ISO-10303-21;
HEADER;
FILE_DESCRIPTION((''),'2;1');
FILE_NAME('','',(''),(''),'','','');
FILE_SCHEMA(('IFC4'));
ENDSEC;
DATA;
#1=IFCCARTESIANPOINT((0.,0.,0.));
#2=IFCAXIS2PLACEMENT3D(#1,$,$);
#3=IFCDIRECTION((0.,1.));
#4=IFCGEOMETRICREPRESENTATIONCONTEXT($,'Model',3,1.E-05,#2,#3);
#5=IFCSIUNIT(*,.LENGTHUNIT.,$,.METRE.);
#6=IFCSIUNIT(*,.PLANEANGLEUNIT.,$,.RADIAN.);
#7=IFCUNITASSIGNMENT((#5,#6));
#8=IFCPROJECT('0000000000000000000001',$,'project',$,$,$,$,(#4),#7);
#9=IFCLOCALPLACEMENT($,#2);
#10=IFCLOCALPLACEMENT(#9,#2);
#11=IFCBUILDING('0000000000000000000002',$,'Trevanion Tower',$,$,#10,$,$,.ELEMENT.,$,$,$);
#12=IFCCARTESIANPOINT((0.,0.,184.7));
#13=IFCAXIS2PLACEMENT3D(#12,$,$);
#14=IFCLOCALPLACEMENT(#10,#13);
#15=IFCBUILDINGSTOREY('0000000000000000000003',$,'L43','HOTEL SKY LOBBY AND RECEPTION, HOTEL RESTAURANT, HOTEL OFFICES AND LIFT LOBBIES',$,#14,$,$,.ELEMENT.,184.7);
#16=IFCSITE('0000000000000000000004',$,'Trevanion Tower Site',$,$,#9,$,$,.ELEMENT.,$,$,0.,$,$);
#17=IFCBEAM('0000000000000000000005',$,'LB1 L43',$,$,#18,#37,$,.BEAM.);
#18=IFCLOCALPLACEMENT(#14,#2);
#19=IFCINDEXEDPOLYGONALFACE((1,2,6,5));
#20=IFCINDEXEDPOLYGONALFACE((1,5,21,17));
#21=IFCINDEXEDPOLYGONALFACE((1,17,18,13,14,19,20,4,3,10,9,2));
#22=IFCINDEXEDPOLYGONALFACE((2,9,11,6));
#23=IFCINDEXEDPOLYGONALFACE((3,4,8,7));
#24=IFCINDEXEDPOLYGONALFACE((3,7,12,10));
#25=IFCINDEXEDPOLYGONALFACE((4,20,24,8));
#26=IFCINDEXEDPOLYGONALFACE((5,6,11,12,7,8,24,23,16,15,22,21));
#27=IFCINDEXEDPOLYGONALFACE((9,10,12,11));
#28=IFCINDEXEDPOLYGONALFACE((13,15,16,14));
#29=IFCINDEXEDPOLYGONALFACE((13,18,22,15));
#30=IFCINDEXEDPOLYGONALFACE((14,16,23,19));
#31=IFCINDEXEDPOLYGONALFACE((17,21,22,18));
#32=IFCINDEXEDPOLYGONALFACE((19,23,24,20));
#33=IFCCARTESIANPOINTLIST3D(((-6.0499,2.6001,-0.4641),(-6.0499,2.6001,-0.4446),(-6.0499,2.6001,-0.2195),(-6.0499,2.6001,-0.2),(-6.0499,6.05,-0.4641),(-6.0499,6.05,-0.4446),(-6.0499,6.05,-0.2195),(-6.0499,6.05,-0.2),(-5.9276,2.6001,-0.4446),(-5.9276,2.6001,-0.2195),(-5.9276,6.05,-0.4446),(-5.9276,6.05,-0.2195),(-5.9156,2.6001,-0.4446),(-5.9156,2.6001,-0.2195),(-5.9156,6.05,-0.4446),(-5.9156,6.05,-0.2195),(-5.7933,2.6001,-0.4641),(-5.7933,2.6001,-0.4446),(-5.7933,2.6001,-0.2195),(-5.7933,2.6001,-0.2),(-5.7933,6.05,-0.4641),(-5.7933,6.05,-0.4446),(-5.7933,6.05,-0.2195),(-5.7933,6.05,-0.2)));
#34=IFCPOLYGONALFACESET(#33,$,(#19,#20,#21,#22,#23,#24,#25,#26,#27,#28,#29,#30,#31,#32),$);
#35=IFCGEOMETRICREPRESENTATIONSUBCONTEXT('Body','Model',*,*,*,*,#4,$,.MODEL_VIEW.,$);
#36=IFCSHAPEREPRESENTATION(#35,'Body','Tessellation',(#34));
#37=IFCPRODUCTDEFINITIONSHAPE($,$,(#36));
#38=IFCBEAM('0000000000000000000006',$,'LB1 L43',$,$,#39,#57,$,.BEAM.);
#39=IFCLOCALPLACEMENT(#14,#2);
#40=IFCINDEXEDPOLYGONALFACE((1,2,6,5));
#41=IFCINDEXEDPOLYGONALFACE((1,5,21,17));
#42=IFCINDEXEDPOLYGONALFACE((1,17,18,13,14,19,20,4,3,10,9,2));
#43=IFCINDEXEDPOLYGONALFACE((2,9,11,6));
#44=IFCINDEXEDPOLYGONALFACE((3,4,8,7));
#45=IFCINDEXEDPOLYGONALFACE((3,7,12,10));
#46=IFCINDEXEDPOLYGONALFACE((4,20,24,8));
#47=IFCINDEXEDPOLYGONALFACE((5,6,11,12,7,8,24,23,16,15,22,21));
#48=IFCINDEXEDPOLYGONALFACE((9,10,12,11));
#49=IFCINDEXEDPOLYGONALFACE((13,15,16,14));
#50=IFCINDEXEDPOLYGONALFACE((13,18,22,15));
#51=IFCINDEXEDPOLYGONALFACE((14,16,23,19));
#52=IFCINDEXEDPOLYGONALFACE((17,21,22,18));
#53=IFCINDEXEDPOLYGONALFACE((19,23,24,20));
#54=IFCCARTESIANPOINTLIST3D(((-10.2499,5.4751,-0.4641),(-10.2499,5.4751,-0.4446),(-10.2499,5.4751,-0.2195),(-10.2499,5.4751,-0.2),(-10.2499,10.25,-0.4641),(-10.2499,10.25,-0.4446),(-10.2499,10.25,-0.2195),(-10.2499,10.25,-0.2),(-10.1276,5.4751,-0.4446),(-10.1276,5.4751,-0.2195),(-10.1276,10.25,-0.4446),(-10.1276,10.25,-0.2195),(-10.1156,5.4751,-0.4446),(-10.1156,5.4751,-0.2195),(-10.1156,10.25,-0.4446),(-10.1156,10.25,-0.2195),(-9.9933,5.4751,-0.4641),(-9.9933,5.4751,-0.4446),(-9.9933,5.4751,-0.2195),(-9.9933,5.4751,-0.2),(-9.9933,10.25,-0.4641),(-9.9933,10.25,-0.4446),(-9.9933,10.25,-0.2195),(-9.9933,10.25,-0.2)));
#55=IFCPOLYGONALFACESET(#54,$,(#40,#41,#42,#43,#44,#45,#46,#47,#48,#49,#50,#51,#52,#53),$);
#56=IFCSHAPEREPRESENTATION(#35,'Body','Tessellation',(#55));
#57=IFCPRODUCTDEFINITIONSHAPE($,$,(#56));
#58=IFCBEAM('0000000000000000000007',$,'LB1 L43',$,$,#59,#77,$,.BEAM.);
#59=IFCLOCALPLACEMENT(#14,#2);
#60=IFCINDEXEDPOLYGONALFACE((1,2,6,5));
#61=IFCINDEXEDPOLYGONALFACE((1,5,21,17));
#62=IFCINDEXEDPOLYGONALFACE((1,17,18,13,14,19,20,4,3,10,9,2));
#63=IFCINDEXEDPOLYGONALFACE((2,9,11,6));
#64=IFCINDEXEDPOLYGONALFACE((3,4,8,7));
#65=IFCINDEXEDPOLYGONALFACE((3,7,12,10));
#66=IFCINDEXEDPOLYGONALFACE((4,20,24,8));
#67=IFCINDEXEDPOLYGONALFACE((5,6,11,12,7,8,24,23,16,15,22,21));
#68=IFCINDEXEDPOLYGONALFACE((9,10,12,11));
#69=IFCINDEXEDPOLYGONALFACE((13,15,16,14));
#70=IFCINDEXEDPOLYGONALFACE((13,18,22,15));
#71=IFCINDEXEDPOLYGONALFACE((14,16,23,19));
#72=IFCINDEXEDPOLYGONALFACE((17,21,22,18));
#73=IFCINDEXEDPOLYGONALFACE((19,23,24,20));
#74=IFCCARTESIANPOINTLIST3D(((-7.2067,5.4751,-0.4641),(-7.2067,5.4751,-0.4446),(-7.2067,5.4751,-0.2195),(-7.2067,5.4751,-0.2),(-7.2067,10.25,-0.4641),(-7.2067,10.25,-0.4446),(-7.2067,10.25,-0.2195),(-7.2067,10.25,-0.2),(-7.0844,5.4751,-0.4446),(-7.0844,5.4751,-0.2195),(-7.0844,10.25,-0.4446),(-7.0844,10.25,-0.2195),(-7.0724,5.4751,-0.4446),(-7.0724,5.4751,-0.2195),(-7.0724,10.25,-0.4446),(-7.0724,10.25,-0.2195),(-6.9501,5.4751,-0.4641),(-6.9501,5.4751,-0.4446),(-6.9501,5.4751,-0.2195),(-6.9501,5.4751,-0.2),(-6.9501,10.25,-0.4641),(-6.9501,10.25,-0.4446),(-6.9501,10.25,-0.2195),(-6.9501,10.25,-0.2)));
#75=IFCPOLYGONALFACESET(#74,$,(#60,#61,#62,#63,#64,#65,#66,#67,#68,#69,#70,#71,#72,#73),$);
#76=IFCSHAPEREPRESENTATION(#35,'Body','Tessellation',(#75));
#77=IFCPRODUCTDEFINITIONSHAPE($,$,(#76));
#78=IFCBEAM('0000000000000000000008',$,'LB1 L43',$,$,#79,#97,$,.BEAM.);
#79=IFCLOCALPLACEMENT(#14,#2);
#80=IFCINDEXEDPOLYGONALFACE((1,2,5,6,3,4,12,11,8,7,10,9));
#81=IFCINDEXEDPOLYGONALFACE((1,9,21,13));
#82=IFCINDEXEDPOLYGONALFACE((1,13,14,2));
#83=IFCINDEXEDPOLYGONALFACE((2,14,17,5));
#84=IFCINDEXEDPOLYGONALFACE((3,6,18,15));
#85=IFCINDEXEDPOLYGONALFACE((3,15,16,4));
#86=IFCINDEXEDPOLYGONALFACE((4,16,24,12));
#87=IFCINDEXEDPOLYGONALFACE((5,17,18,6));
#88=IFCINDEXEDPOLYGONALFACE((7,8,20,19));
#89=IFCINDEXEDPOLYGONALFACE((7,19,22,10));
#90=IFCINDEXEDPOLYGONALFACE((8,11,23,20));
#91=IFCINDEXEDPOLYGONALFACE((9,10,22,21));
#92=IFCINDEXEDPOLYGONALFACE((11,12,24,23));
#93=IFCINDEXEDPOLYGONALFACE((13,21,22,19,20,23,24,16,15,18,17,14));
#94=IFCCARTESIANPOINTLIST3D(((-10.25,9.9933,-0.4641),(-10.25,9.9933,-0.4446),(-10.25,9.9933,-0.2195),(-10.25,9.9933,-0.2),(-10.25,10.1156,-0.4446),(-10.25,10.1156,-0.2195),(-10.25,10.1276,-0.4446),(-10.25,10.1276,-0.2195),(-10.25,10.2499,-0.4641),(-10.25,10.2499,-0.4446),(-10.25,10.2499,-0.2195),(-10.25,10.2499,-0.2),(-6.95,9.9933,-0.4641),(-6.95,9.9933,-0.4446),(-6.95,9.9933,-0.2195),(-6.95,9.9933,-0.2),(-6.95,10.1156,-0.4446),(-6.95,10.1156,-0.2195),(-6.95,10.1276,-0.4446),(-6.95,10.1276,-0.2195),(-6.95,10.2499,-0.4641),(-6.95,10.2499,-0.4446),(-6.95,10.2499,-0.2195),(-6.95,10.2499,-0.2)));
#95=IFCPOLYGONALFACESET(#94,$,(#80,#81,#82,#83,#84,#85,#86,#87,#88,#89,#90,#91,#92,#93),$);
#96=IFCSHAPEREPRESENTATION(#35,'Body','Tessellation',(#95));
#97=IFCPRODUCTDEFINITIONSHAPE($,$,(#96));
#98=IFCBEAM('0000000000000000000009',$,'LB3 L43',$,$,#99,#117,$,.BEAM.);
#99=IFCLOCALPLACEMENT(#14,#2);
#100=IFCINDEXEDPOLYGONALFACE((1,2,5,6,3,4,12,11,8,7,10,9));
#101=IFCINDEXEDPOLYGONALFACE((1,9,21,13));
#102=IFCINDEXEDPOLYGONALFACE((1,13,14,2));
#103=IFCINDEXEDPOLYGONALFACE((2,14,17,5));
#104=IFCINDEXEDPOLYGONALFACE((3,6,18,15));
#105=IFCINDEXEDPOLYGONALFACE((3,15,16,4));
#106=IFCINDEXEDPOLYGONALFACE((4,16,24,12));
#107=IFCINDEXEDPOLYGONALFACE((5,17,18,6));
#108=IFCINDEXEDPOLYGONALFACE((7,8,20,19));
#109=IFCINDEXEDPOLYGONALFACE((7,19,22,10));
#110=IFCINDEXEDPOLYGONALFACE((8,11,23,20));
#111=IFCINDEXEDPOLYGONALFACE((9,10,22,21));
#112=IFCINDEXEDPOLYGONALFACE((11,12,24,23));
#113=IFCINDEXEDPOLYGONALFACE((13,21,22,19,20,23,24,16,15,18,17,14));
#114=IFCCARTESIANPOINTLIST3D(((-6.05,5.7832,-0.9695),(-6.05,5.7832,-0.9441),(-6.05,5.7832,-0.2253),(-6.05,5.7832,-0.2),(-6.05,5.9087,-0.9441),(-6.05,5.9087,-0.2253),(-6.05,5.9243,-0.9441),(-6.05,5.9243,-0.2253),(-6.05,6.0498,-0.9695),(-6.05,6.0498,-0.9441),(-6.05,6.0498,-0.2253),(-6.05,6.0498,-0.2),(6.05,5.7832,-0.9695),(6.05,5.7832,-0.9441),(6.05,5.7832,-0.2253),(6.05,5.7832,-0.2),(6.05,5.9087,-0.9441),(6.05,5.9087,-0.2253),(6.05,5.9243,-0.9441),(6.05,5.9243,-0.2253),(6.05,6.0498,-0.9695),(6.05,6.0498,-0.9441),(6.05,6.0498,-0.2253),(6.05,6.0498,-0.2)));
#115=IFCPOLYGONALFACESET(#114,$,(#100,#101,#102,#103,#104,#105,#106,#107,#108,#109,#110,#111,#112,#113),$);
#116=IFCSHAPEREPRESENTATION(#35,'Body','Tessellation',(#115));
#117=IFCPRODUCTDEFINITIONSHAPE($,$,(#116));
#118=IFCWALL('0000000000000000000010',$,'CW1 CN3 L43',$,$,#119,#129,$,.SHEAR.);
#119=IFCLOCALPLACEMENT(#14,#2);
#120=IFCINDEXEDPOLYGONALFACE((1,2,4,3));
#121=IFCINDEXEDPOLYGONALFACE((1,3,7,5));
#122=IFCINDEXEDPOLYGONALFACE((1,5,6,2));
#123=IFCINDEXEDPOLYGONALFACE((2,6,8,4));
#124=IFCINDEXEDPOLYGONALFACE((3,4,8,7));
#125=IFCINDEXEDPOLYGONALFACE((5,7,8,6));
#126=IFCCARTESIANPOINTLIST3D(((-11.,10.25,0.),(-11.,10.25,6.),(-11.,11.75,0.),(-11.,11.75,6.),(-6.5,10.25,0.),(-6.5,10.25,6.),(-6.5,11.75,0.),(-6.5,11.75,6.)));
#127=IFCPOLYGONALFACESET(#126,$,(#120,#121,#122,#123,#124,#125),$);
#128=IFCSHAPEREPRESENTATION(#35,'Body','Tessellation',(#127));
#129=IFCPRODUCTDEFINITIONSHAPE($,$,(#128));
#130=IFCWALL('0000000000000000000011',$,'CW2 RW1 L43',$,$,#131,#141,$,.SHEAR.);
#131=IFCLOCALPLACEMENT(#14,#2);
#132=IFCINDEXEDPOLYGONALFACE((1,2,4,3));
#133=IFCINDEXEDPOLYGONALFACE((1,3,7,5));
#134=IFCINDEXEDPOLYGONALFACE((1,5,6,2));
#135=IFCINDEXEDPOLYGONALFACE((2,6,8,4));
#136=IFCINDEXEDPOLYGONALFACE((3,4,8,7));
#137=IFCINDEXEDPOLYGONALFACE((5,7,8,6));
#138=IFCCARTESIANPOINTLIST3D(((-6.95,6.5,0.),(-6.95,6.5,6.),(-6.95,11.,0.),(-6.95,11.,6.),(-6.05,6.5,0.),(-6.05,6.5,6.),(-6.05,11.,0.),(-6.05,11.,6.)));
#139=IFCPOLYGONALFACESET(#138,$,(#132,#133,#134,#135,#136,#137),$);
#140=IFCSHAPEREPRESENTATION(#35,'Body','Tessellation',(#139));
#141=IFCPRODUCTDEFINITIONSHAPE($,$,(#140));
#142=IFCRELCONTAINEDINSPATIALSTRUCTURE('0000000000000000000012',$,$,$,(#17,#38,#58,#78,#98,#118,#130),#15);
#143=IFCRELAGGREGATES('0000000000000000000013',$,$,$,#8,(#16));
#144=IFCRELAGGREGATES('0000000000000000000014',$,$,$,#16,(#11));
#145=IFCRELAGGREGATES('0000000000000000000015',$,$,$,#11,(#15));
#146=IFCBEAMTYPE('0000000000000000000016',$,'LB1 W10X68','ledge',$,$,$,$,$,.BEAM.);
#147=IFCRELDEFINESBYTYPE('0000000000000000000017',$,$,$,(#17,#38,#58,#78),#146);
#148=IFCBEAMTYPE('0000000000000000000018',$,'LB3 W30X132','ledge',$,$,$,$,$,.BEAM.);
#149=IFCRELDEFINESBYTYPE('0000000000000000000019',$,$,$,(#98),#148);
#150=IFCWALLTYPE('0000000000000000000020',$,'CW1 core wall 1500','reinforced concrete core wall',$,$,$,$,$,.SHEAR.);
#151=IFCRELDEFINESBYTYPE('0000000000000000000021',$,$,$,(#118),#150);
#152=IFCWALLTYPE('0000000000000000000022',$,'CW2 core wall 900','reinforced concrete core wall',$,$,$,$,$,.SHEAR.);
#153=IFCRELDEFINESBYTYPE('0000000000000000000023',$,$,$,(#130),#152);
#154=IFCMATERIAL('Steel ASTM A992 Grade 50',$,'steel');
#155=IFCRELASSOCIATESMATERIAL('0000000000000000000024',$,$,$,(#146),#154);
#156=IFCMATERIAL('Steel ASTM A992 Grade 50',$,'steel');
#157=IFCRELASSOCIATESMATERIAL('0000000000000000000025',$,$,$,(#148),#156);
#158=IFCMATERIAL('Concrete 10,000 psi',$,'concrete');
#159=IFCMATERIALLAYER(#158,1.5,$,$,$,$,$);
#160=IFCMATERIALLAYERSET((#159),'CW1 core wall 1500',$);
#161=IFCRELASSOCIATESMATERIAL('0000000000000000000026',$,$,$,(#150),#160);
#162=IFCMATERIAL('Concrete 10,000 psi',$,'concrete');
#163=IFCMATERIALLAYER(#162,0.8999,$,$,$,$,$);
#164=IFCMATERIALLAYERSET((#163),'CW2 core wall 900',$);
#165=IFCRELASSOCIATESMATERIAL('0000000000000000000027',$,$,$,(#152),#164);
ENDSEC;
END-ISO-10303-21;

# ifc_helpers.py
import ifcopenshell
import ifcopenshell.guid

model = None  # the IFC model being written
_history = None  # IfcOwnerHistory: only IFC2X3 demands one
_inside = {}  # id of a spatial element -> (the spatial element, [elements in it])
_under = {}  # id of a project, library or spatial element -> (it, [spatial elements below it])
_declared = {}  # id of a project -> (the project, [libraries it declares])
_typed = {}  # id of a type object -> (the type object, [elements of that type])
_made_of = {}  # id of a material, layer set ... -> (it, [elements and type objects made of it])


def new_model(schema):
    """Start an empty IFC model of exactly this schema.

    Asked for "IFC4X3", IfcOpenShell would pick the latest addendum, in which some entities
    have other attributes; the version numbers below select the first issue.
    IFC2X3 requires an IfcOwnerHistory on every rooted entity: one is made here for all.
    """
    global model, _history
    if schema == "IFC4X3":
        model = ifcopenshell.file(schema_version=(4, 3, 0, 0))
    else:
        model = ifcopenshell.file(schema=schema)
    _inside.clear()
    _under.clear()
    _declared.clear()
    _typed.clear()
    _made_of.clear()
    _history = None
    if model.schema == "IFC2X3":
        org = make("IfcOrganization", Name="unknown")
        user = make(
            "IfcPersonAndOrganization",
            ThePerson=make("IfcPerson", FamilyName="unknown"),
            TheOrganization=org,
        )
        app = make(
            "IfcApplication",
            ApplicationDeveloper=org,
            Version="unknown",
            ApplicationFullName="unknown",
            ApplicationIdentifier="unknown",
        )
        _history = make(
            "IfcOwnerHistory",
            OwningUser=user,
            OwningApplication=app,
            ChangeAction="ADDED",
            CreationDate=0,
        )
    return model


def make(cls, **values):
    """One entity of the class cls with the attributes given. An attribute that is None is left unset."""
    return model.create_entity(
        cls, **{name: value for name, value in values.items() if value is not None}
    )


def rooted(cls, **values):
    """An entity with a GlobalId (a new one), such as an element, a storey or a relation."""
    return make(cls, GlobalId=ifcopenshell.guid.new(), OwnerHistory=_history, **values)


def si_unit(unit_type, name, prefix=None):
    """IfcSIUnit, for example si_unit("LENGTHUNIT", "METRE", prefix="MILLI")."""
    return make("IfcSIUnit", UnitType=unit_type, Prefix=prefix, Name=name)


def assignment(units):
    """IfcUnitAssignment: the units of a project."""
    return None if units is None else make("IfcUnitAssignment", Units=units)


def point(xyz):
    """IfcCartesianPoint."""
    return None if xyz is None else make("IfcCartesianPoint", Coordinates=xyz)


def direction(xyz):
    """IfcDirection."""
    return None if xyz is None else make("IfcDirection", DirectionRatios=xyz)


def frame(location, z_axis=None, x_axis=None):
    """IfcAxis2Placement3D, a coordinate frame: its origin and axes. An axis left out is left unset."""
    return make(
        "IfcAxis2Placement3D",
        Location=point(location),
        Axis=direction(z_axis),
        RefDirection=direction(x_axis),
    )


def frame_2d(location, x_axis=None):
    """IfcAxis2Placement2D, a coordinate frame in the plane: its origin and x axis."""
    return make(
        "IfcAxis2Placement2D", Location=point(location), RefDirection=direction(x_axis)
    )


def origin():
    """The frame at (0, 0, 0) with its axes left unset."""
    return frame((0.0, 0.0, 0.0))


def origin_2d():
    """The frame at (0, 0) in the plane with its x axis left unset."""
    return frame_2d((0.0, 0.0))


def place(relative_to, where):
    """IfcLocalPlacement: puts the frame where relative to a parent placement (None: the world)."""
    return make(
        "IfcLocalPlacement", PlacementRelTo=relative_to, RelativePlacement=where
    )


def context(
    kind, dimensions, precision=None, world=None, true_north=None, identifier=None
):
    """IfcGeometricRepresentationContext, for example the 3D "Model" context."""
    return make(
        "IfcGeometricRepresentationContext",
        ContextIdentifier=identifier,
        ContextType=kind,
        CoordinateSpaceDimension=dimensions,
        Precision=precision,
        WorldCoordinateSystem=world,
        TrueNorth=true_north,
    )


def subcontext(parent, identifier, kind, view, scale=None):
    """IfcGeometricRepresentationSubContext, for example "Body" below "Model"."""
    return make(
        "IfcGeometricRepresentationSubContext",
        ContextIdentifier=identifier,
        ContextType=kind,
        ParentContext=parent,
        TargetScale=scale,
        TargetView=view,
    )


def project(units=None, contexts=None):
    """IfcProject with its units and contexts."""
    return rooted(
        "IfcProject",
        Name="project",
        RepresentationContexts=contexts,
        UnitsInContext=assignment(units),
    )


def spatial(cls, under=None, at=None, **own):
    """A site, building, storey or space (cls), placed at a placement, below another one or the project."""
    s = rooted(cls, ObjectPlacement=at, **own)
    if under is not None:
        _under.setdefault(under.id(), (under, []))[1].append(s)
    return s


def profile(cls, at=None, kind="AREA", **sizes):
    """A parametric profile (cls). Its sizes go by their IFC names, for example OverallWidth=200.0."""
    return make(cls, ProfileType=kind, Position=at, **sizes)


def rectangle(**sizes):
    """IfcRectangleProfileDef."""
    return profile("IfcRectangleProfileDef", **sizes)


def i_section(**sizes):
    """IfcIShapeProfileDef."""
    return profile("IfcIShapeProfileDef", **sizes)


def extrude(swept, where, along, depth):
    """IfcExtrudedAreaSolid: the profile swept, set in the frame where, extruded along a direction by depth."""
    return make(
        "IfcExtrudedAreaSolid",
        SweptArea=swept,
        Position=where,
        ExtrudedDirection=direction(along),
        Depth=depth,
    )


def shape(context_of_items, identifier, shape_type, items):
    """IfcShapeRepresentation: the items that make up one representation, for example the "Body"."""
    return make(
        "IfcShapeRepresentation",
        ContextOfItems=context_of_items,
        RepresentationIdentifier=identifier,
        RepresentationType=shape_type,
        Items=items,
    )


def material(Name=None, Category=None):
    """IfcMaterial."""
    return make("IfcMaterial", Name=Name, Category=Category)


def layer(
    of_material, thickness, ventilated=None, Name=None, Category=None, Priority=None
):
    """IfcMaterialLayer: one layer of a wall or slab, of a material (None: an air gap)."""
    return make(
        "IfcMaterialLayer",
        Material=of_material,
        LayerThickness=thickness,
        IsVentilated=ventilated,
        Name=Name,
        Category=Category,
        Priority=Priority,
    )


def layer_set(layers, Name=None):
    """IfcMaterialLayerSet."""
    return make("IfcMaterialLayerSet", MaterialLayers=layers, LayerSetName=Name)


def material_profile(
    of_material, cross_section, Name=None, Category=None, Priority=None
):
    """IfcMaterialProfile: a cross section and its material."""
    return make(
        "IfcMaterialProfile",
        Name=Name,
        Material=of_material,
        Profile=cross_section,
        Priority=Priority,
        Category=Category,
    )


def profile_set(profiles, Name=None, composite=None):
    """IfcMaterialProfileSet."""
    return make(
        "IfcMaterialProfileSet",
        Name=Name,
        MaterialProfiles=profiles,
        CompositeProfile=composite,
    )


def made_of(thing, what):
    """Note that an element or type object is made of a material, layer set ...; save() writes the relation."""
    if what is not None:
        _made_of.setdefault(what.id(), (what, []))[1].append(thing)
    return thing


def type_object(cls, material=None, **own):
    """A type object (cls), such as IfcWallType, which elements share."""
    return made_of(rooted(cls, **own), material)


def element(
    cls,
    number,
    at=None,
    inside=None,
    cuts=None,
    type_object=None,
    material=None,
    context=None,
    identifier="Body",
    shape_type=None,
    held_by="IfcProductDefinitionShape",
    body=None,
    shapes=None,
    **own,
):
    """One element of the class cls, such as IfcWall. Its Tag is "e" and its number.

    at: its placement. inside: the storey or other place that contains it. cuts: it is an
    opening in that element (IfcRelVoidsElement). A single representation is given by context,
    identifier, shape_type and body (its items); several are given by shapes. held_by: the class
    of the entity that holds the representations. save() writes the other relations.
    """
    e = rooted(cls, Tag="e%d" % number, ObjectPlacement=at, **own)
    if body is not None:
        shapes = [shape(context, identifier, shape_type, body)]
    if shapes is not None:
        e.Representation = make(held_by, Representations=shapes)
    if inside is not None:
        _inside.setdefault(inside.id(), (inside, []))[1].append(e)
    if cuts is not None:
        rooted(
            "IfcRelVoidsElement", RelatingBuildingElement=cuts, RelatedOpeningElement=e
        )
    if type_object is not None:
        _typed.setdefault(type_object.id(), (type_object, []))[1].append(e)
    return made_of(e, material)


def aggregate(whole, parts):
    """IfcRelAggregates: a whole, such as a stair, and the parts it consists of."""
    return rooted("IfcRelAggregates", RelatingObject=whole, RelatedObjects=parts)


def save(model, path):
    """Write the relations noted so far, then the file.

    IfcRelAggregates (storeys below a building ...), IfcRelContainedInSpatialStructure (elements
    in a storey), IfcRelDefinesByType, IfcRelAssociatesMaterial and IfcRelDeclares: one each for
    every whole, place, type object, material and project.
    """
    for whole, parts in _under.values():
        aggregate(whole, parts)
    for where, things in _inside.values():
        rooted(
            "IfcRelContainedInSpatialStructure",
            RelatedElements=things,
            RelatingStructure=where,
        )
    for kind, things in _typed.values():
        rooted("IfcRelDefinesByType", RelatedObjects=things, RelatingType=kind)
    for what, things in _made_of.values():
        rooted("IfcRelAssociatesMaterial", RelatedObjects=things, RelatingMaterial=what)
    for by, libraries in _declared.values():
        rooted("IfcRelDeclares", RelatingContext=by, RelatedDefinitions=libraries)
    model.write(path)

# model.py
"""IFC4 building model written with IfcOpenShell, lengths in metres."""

from ifc_helpers import new_model, si_unit, direction, frame, frame_2d, origin, origin_2d, place, context, subcontext, project, spatial, rectangle, i_section, extrude, material, layer, layer_set, material_profile, profile_set, type_object, element, save


model = new_model("IFC4")

# Units and contexts
model_context = context("Model", 3, precision=1e-05, world=origin(), true_north=direction((0.0, 1.0)))
body_context = subcontext(model_context, "Body", "Model", "MODEL_VIEW")
ifc_project = project(units=[si_unit("LENGTHUNIT", "METRE"), si_unit("PLANEANGLEUNIT", "RADIAN")], contexts=[model_context])

# Site, building, storey
site_placement = place(None, origin())
site = spatial("IfcSite", under=ifc_project, at=site_placement, Name="Trevanion Tower Site", CompositionType="ELEMENT", RefElevation=0.0)
building_placement = place(site_placement, origin())
building = spatial("IfcBuilding", under=site, at=building_placement, Name="Trevanion Tower", CompositionType="ELEMENT")
storey_placement = place(building_placement, frame((0.0, 0.0, 184.7)))
storey = spatial("IfcBuildingStorey", under=building, at=storey_placement, Name="L43", Description="HOTEL SKY LOBBY AND RECEPTION, HOTEL RESTAURANT, HOTEL OFFICES AND LIFT LOBBIES", CompositionType="ELEMENT", Elevation=184.7)

# Beams
ifc_material_1 = material(Name="Steel ASTM A992 Grade 50", Category="steel")
ifc_material_profile_1 = material_profile(ifc_material_1, i_section(OverallWidth=0.2566, OverallDepth=0.2642, WebThickness=0.012, FlangeThickness=0.0195, at=origin_2d()), Name="W10X68")
ifc_profile_set_1 = profile_set([ifc_material_profile_1], Name="Steel ASTM A992 Grade 50")
beam_type_1 = type_object("IfcBeamType", Name="LB1 W10X68", Description="ledge", PredefinedType="BEAM", material=ifc_profile_set_1)
beam_1_placement = place(storey_placement, frame((-5.9216, 2.6001, -0.332), z_axis=(0.0, 1.0, 0.0), x_axis=(-1.0, 0.0, 0.0)))
element("IfcBeam", 1, at=beam_1_placement, inside=storey, type_object=beam_type_1, Name="LB1 L43", PredefinedType="BEAM", context=body_context, shape_type="SweptSolid", body=[
    extrude(i_section(OverallWidth=0.2566, OverallDepth=0.2642, WebThickness=0.012, FlangeThickness=0.0195, at=origin_2d()), origin(), (0.0, 0.0, 1.0), 3.45),
])
for number, where, z_axis, x_axis, name in (
    (2, (-10.1216, 5.4751, -0.332), (0.0, 1.0, 0.0), (-1.0, 0.0, 0.0), "LB1 L43"),
    (3, (-7.0784, 5.4751, -0.332), (0.0, 1.0, 0.0), (-1.0, 0.0, 0.0), "LB1 L43"),
):
    element("IfcBeam", number, at=place(storey_placement, frame(where, z_axis=z_axis, x_axis=x_axis)), inside=storey, type_object=beam_type_1, Name=name, PredefinedType="BEAM", context=body_context, shape_type="SweptSolid", body=[
        extrude(i_section(OverallWidth=0.2566, OverallDepth=0.2642, WebThickness=0.012, FlangeThickness=0.0195, at=origin_2d()), origin(), (0.0, 0.0, 1.0), 4.7749),
    ])
beam_2_placement = place(storey_placement, frame((-10.25, 10.1216, -0.332), z_axis=(1.0, 0.0, 0.0), x_axis=(0.0, 1.0, 0.0)))
element("IfcBeam", 4, at=beam_2_placement, inside=storey, type_object=beam_type_1, Name="LB1 L43", PredefinedType="BEAM", context=body_context, shape_type="SweptSolid", body=[
    extrude(i_section(OverallWidth=0.2566, OverallDepth=0.2642, WebThickness=0.012, FlangeThickness=0.0195, at=origin_2d()), origin(), (0.0, 0.0, 1.0), 3.3),
])
ifc_material_2 = material(Name="Steel ASTM A992 Grade 50", Category="steel")
ifc_material_profile_2 = material_profile(ifc_material_2, i_section(OverallWidth=0.2666, OverallDepth=0.7695, WebThickness=0.0156, FlangeThickness=0.0254, at=origin_2d()), Name="W30X132")
ifc_profile_set_2 = profile_set([ifc_material_profile_2], Name="Steel ASTM A992 Grade 50")
beam_type_2 = type_object("IfcBeamType", Name="LB3 W30X132", Description="ledge", PredefinedType="BEAM", material=ifc_profile_set_2)
beam_3_placement = place(storey_placement, frame((-6.05, 5.9165, -0.5847), z_axis=(1.0, 0.0, 0.0), x_axis=(0.0, 1.0, 0.0)))
element("IfcBeam", 5, at=beam_3_placement, inside=storey, type_object=beam_type_2, Name="LB3 L43", PredefinedType="BEAM", context=body_context, shape_type="SweptSolid", body=[
    extrude(i_section(OverallWidth=0.2666, OverallDepth=0.7695, WebThickness=0.0156, FlangeThickness=0.0254, at=origin_2d()), origin(), (0.0, 0.0, 1.0), 12.1001),
])

# Walls
ifc_material_3 = material(Name="Concrete 10,000 psi", Category="concrete")
ifc_layer_1 = layer(ifc_material_3, 1.5)
ifc_layer_set_1 = layer_set([ifc_layer_1], Name="CW1 core wall 1500")
wall_type_1 = type_object("IfcWallType", Name="CW1 core wall 1500", Description="reinforced concrete core wall", PredefinedType="SHEAR", material=ifc_layer_set_1)
wall_1_placement = place(storey_placement, frame((-6.5, 11.0, 0.0), z_axis=(0.0, 0.0, 1.0), x_axis=(-1.0, 0.0, 0.0)))
element("IfcWall", 6, at=wall_1_placement, inside=storey, type_object=wall_type_1, Name="CW1 CN3 L43", PredefinedType="SHEAR", context=body_context, shape_type="SweptSolid", body=[
    extrude(rectangle(XDim=4.5, YDim=1.5, at=frame_2d((2.25, 0.0))), origin(), (0.0, 0.0, 1.0), 6.0),
])
ifc_material_4 = material(Name="Concrete 10,000 psi", Category="concrete")
ifc_layer_2 = layer(ifc_material_4, 0.8999)
ifc_layer_set_2 = layer_set([ifc_layer_2], Name="CW2 core wall 900")
wall_type_2 = type_object("IfcWallType", Name="CW2 core wall 900", Description="reinforced concrete core wall", PredefinedType="SHEAR", material=ifc_layer_set_2)
wall_2_placement = place(storey_placement, frame((-6.5, 11.0, 0.0), z_axis=(0.0, 0.0, 1.0), x_axis=(0.0, -1.0, 0.0)))
element("IfcWall", 7, at=wall_2_placement, inside=storey, type_object=wall_type_2, Name="CW2 RW1 L43", PredefinedType="SHEAR", context=body_context, shape_type="SweptSolid", body=[
    extrude(rectangle(XDim=4.5, YDim=0.8999, at=frame_2d((2.25, 0.0))), origin(), (0.0, 0.0, 1.0), 6.0),
])

save(model, "model.ifc")
